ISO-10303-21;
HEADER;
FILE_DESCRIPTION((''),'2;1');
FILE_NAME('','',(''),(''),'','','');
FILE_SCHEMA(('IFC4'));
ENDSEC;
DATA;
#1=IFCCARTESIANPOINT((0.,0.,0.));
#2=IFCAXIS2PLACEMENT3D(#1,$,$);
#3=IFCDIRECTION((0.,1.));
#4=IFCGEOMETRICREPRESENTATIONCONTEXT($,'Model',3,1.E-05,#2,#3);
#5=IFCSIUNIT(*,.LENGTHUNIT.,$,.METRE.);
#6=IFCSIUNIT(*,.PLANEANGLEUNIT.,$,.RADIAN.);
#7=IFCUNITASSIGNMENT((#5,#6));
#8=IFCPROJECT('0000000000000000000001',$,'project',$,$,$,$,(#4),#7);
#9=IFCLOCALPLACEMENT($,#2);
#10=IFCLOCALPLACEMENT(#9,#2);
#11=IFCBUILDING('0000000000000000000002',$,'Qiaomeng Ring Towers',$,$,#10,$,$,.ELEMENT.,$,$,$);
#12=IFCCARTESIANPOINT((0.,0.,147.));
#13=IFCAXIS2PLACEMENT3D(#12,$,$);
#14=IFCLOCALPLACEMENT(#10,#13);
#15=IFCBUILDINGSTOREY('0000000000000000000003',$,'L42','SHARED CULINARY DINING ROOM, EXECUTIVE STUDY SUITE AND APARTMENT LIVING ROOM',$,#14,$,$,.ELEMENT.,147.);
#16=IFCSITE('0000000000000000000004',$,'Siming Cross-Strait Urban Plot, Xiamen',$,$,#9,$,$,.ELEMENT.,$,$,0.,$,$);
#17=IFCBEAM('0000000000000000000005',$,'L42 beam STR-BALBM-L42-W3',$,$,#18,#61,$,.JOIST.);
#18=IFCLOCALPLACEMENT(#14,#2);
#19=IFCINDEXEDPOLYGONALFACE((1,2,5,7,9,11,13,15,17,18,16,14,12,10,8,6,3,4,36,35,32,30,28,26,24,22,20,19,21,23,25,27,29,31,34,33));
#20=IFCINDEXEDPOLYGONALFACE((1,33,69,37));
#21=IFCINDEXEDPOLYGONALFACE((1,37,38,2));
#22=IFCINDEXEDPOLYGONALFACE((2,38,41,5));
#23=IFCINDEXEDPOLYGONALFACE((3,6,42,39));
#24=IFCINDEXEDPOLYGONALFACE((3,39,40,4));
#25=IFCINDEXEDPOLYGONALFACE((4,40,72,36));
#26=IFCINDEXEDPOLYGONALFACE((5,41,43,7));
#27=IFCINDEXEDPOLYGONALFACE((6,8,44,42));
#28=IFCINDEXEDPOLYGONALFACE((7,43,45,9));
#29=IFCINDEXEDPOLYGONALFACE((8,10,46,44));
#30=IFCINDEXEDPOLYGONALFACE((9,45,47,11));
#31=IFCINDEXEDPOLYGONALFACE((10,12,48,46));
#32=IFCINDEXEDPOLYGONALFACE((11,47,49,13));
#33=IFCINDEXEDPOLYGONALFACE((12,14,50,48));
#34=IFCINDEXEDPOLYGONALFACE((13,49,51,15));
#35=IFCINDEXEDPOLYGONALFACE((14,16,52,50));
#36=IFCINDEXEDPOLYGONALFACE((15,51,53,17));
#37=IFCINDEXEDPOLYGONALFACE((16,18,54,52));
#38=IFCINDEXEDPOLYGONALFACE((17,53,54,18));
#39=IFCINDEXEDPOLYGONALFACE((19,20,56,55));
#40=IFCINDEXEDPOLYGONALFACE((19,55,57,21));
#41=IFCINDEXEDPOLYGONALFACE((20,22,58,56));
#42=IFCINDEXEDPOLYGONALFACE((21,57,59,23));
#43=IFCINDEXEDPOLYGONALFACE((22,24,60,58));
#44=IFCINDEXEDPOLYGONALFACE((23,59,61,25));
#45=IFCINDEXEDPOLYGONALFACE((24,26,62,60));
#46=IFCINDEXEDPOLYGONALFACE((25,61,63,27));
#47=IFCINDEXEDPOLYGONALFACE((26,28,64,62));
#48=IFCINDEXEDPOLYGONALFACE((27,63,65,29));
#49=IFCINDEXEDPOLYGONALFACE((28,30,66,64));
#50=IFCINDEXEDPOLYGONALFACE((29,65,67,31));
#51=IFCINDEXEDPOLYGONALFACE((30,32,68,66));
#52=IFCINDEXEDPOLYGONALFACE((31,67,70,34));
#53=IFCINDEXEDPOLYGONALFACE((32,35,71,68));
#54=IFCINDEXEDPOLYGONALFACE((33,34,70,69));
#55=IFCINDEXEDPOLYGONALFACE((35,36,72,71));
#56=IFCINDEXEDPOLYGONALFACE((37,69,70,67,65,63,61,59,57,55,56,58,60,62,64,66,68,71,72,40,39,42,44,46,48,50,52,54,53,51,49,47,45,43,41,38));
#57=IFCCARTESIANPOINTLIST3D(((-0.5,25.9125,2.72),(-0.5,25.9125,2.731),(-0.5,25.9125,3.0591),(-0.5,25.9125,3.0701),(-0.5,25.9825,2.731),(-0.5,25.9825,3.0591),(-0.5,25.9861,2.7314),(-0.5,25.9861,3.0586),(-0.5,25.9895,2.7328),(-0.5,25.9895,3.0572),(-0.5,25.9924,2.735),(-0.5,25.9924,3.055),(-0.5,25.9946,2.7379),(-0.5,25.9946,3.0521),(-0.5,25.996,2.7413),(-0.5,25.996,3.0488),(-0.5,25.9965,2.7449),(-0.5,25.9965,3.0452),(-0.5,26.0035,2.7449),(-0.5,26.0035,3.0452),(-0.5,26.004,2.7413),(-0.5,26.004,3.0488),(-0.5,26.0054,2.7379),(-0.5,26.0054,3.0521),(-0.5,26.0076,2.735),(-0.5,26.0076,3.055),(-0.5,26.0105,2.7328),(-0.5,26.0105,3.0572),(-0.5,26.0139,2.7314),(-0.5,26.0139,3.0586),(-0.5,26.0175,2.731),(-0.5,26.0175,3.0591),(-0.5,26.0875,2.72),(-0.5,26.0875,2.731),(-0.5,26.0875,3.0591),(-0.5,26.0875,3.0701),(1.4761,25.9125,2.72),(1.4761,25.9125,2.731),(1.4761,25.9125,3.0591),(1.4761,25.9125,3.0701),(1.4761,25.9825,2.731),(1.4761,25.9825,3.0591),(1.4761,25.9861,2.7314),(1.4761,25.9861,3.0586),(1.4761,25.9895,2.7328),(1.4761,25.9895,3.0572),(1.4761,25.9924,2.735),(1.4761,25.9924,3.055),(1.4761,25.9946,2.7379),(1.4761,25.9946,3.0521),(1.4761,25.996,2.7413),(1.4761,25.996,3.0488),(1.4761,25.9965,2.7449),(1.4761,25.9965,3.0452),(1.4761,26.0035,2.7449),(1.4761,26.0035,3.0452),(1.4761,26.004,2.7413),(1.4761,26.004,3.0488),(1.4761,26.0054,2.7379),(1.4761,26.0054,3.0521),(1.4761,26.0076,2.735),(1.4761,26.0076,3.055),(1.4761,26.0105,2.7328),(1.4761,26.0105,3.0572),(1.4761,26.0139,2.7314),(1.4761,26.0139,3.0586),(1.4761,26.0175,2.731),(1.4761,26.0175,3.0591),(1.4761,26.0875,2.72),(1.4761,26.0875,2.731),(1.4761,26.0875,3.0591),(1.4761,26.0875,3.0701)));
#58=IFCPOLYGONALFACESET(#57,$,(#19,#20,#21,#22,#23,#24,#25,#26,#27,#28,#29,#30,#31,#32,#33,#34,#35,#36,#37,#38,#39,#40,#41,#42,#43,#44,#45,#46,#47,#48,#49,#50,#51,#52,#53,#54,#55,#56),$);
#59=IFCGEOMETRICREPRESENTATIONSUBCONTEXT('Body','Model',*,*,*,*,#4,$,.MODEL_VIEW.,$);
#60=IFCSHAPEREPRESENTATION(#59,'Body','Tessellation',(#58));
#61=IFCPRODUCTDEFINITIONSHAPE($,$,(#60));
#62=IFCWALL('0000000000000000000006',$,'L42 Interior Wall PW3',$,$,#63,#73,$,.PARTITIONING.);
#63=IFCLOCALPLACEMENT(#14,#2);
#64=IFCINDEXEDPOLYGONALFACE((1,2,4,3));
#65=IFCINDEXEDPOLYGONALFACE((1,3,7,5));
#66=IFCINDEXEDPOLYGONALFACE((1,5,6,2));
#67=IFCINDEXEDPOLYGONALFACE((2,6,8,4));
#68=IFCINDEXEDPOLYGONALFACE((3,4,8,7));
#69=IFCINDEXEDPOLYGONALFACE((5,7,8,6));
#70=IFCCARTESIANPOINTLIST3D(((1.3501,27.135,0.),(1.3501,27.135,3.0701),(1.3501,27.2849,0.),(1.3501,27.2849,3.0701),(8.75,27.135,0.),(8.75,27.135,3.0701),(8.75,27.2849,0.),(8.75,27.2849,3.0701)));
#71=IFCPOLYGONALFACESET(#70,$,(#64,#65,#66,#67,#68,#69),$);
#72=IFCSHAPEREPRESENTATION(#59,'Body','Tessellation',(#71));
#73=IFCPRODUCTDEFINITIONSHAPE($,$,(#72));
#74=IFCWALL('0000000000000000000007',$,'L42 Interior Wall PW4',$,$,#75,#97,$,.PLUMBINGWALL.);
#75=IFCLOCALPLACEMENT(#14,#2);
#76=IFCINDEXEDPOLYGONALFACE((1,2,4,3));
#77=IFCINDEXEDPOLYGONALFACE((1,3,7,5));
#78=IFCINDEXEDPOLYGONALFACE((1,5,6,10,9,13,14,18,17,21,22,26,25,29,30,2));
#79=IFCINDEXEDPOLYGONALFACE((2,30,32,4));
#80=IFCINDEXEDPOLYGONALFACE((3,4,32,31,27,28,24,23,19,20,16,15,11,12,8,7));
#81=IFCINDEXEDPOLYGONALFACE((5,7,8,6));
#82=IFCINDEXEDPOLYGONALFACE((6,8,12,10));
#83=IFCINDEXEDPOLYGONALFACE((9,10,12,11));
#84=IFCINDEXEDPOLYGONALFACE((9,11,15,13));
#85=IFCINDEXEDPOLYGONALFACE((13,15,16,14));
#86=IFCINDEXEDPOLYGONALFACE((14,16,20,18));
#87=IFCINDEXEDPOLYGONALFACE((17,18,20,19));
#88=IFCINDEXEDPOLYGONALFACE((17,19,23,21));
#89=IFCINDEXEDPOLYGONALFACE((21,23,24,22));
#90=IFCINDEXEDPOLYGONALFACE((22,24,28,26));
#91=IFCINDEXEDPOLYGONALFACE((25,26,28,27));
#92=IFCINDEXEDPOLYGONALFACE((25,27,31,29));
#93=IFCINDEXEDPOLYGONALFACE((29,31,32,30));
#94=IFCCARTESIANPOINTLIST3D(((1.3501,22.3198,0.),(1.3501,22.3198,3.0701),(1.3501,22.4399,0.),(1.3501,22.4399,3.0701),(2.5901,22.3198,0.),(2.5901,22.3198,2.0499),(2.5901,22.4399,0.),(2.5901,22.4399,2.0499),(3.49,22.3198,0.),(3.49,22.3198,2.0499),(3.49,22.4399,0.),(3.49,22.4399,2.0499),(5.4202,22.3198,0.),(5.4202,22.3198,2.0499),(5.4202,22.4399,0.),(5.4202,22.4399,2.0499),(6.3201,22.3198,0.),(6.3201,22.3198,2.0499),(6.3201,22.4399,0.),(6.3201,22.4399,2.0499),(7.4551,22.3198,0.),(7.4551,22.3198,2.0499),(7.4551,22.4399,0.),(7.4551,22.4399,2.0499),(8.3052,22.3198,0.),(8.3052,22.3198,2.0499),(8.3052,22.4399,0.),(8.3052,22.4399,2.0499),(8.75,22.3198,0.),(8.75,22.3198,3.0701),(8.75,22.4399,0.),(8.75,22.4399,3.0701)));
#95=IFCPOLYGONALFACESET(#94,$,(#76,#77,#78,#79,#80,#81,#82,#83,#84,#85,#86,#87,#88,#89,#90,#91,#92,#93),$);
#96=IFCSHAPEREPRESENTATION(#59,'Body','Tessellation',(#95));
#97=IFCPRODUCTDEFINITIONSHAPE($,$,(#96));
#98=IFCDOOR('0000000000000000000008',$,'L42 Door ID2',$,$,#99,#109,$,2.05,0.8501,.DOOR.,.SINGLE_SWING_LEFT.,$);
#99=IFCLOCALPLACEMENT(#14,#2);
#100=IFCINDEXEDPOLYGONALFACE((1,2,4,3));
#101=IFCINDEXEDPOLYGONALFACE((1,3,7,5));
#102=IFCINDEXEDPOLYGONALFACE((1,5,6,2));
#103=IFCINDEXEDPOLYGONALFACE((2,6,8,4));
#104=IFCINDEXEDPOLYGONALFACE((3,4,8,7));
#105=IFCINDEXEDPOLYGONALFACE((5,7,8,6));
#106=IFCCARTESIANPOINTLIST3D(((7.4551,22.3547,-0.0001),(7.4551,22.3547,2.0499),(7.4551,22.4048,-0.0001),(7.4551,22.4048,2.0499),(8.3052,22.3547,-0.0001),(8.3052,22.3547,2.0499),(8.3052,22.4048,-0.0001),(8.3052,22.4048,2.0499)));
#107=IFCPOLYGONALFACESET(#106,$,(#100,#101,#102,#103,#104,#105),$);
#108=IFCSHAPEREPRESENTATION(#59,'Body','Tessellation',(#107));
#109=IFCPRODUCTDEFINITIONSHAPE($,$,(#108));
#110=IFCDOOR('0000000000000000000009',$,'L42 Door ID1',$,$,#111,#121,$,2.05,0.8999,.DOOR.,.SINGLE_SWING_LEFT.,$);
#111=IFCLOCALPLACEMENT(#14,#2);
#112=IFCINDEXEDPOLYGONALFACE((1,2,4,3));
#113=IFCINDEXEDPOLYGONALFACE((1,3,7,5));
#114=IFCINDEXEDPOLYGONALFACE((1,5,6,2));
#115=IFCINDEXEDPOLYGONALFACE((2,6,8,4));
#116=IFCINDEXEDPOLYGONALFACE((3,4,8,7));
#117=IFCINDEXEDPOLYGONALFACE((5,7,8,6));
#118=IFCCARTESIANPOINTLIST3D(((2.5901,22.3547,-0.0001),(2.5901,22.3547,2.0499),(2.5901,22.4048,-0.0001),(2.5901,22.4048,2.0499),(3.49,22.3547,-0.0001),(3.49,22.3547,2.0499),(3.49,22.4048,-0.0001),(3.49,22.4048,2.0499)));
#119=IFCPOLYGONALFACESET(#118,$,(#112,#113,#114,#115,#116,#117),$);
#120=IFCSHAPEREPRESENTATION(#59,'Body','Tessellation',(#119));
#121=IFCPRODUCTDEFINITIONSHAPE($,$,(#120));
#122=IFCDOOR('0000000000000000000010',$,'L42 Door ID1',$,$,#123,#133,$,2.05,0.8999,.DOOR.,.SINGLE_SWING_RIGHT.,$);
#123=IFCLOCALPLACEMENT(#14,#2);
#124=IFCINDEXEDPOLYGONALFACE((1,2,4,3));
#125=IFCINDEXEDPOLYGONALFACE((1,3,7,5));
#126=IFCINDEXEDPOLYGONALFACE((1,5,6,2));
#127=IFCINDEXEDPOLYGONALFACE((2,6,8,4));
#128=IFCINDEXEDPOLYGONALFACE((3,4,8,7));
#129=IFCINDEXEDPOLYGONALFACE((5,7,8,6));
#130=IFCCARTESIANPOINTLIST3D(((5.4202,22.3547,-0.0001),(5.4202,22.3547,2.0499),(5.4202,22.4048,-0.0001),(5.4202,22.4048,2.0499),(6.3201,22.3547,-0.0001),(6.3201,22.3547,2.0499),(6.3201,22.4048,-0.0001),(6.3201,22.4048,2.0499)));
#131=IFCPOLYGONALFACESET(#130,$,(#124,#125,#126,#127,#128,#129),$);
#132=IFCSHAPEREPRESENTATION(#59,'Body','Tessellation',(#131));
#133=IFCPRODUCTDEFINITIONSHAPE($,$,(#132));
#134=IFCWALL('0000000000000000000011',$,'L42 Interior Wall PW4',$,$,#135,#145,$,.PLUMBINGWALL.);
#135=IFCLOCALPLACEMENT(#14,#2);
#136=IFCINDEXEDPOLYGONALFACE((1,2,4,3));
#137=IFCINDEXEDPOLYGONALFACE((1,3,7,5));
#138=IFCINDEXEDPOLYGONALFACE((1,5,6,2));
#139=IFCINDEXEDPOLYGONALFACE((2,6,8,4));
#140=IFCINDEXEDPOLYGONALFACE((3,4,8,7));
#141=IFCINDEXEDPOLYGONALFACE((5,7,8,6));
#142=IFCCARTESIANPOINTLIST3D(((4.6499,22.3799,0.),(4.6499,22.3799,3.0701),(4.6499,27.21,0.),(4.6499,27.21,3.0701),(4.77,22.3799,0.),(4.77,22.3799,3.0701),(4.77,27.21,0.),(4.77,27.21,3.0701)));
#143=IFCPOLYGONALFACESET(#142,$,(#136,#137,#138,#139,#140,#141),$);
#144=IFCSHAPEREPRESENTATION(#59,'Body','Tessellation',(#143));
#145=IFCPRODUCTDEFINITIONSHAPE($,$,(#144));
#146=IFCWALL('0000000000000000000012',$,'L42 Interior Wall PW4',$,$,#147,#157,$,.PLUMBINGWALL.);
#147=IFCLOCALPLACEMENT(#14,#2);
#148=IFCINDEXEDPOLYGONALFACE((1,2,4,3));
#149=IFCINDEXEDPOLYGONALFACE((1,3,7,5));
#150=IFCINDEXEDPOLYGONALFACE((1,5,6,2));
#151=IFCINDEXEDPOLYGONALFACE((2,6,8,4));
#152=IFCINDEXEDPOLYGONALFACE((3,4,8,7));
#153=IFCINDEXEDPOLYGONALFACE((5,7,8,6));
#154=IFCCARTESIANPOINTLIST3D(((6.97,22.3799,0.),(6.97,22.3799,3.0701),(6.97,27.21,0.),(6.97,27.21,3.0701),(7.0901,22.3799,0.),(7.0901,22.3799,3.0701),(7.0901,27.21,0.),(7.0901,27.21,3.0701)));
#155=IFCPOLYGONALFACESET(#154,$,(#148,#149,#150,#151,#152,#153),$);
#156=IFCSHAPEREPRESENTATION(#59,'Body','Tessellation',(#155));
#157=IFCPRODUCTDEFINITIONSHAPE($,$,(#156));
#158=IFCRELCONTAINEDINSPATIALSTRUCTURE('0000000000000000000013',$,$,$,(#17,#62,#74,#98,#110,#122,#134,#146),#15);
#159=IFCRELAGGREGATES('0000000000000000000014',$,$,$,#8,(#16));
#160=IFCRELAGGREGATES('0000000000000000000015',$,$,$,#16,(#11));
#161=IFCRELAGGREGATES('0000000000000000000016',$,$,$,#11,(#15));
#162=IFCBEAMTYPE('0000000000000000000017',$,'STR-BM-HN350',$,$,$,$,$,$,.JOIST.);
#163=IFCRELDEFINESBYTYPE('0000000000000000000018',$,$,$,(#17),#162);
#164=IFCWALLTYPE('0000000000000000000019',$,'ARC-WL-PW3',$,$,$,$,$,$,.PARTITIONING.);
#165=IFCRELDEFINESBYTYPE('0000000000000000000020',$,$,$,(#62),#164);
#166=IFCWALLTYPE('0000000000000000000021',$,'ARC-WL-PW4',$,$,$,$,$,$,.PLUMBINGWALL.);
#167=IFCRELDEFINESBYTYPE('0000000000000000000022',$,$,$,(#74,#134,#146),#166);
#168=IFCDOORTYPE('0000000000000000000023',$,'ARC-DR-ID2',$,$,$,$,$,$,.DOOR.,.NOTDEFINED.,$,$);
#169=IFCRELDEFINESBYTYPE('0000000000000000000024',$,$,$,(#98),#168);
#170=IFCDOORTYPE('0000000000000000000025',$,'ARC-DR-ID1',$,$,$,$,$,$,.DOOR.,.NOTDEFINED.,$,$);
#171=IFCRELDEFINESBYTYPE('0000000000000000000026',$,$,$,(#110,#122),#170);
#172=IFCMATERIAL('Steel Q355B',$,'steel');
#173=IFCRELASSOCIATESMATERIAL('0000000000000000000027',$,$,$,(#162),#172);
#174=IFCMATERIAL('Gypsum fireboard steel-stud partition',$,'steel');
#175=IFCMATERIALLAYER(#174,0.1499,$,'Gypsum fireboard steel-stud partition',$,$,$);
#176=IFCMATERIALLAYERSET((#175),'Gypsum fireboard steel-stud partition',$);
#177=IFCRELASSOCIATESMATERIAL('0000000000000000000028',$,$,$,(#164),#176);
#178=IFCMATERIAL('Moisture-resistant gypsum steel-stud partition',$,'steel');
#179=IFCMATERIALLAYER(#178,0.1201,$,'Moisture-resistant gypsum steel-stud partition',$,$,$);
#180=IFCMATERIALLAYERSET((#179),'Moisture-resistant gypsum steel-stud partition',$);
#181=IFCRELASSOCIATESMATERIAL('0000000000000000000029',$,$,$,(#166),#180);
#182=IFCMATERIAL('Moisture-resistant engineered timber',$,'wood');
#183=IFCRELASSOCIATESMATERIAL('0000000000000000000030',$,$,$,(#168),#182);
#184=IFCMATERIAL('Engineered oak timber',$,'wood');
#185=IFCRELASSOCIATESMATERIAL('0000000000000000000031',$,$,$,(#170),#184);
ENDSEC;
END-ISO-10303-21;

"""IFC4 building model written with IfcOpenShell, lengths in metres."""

from ifc_helpers import new_model, si_unit, direction, frame, frame_2d, origin, origin_2d, place, context, subcontext, project, spatial, rectangle, i_section, extrude, source, transform, mapped, material, layer, layer_set, material_profile, profile_set, type_object, element, fill, save


model = new_model("IFC4")

# Units and contexts
model_context = context("Model", 3, precision=1e-05, world=origin(), true_north=direction((0.0, 1.0)))
body_context = subcontext(model_context, "Body", "Model", "MODEL_VIEW")
ifc_project = project(units=[si_unit("LENGTHUNIT", "METRE"), si_unit("PLANEANGLEUNIT", "RADIAN")], contexts=[model_context])

# Site, building, storey
site_placement = place(None, origin())
site = spatial("IfcSite", under=ifc_project, at=site_placement, Name="Siming Cross-Strait Urban Plot, Xiamen", CompositionType="ELEMENT", RefElevation=0.0)
building_placement = place(site_placement, origin())
building = spatial("IfcBuilding", under=site, at=building_placement, Name="Qiaomeng Ring Towers", CompositionType="ELEMENT")
storey_placement = place(building_placement, frame((0.0, 0.0, 147.0)))
storey = spatial("IfcBuildingStorey", under=building, at=storey_placement, Name="L42", Description="SHARED CULINARY DINING ROOM, EXECUTIVE STUDY SUITE AND APARTMENT LIVING ROOM", CompositionType="ELEMENT", Elevation=147.0)

# Beam
ifc_material_1 = material(Name="Steel Q355B", Category="steel")
ifc_material_profile_1 = material_profile(ifc_material_1, i_section(OverallWidth=0.175, OverallDepth=0.3501, WebThickness=0.0071, FlangeThickness=0.011, FilletRadius=0.0139, at=origin_2d()), Name="HN 350x175x7x11")
ifc_profile_set_1 = profile_set([ifc_material_profile_1], Name="Steel Q355B")
beam_type_1 = type_object("IfcBeamType", Name="STR-BM-HN350", PredefinedType="JOIST", material=ifc_profile_set_1)
shared_shape_1 = source(origin(), body_context, "Body", "SweptSolid", [
    extrude(i_section(OverallWidth=0.175, OverallDepth=0.3501, WebThickness=0.0071, FlangeThickness=0.011, FilletRadius=0.0139, at=origin_2d()), origin(), (0.0, 0.0, 1.0), 1.9761),
])
beam_1_placement = place(storey_placement, frame((-0.5, 26.0, 2.895), z_axis=(1.0, 0.0, 0.0), x_axis=(0.0, 1.0, 0.0)))
element("IfcBeam", 1, at=beam_1_placement, inside=storey, type_object=beam_type_1, Name="L42 beam STR-BALBM-L42-W3", PredefinedType="JOIST", context=body_context, shape_type="MappedRepresentation", body=[
    mapped(shared_shape_1, transform((0.0, 0.0, 0.0), x_axis=(1.0, 0.0, 0.0), y_axis=(0.0, 1.0, 0.0), z_axis=(0.0, 0.0, 1.0), scale=1.0)),
])

# Wall
ifc_material_2 = material(Name="Gypsum fireboard steel-stud partition", Category="steel")
ifc_layer_1 = layer(ifc_material_2, 0.1499, Name="Gypsum fireboard steel-stud partition")
ifc_layer_set_1 = layer_set([ifc_layer_1], Name="Gypsum fireboard steel-stud partition")
wall_type_1 = type_object("IfcWallType", Name="ARC-WL-PW3", PredefinedType="PARTITIONING", material=ifc_layer_set_1)
wall_1_placement = place(storey_placement, frame((1.3501, 27.21, 0.0), z_axis=(0.0, 0.0, 1.0), x_axis=(1.0, 0.0, 0.0)))
element("IfcWall", 2, at=wall_1_placement, inside=storey, type_object=wall_type_1, Name="L42 Interior Wall PW3", PredefinedType="PARTITIONING", context=body_context, shape_type="SweptSolid", body=[
    extrude(rectangle(XDim=7.3999, YDim=0.1499, at=frame_2d((3.7, 0.0))), origin(), (0.0, 0.0, 1.0), 3.0701),
])

# Wall, openings, doors
ifc_material_3 = material(Name="Moisture-resistant gypsum steel-stud partition", Category="steel")
ifc_layer_2 = layer(ifc_material_3, 0.1201, Name="Moisture-resistant gypsum steel-stud partition")
ifc_layer_set_2 = layer_set([ifc_layer_2], Name="Moisture-resistant gypsum steel-stud partition")
wall_type_2 = type_object("IfcWallType", Name="ARC-WL-PW4", PredefinedType="PLUMBINGWALL", material=ifc_layer_set_2)
wall_2_placement = place(storey_placement, frame((1.3501, 22.3799, 0.0), z_axis=(0.0, 0.0, 1.0), x_axis=(1.0, 0.0, 0.0)))
wall_2 = element("IfcWall", 3, at=wall_2_placement, inside=storey, type_object=wall_type_2, Name="L42 Interior Wall PW4", PredefinedType="PLUMBINGWALL", context=body_context, shape_type="SweptSolid", body=[
    extrude(rectangle(XDim=7.3999, YDim=0.1201, at=frame_2d((3.7, 0.0))), origin(), (0.0, 0.0, 1.0), 3.0701),
])
opening_1_placement = place(wall_2_placement, frame((1.24, 0.0, 0.0)))
opening_1 = element("IfcOpeningElement", 4, at=opening_1_placement, cuts=wall_2, PredefinedType="OPENING", context=body_context, shape_type="SweptSolid", body=[
    extrude(rectangle(XDim=0.8999, YDim=2.05, at=frame_2d((0.45, 1.0249))), frame((0.0, 0.0701, 0.0), z_axis=(0.0, -1.0, 0.0), x_axis=(1.0, 0.0, 0.0)), (0.0, 0.0, 1.0), 0.1401),
])
opening_2_placement = place(wall_2_placement, frame((4.0701, 0.0, 0.0)))
opening_2 = element("IfcOpeningElement", 5, at=opening_2_placement, cuts=wall_2, PredefinedType="OPENING", context=body_context, shape_type="SweptSolid", body=[
    extrude(rectangle(XDim=0.8999, YDim=2.05, at=frame_2d((0.45, 1.0249))), frame((0.0, 0.0701, 0.0), z_axis=(0.0, -1.0, 0.0), x_axis=(1.0, 0.0, 0.0)), (0.0, 0.0, 1.0), 0.1401),
])
opening_3_placement = place(wall_2_placement, frame((6.105, 0.0, 0.0)))
opening_3 = element("IfcOpeningElement", 6, at=opening_3_placement, cuts=wall_2, PredefinedType="OPENING", context=body_context, shape_type="SweptSolid", body=[
    extrude(rectangle(XDim=0.8501, YDim=2.05, at=frame_2d((0.425, 1.0249))), frame((0.0, 0.0701, 0.0), z_axis=(0.0, -1.0, 0.0), x_axis=(1.0, 0.0, 0.0)), (0.0, 0.0, 1.0), 0.1401),
])
ifc_material_4 = material(Name="Moisture-resistant engineered timber", Category="wood")
door_type_1 = type_object("IfcDoorType", Name="ARC-DR-ID2", OperationType="NOTDEFINED", PredefinedType="DOOR", material=ifc_material_4)
shared_shape_2 = source(origin(), body_context, "Body", "SweptSolid", [
    extrude(rectangle(XDim=0.8501, YDim=2.05, at=frame_2d((0.425, 1.0249))), frame((0.0, 0.0249, 0.0), z_axis=(0.0, -1.0, 0.0), x_axis=(1.0, 0.0, 0.0)), (0.0, 0.0, 1.0), 0.05),
])
door_1_placement = place(opening_3_placement, origin())
door_1 = element("IfcDoor", 7, at=door_1_placement, inside=storey, type_object=door_type_1, Name="L42 Door ID2", OperationType="SINGLE_SWING_LEFT", OverallHeight=2.05, OverallWidth=0.8501, PredefinedType="DOOR", context=body_context, shape_type="MappedRepresentation", body=[
    mapped(shared_shape_2, transform((0.0, 0.0, 0.0), x_axis=(1.0, 0.0, 0.0), y_axis=(0.0, 1.0, 0.0), z_axis=(0.0, 0.0, 1.0), scale=1.0)),
])
fill(opening_3, door_1)
ifc_material_5 = material(Name="Engineered oak timber", Category="wood")
door_type_2 = type_object("IfcDoorType", Name="ARC-DR-ID1", OperationType="NOTDEFINED", PredefinedType="DOOR", material=ifc_material_5)
shared_shape_3 = source(origin(), body_context, "Body", "SweptSolid", [
    extrude(rectangle(XDim=0.8999, YDim=2.05, at=frame_2d((0.45, 1.0249))), frame((0.0, 0.0249, 0.0), z_axis=(0.0, -1.0, 0.0), x_axis=(1.0, 0.0, 0.0)), (0.0, 0.0, 1.0), 0.05),
])
door_2_placement = place(opening_1_placement, origin())
door_2 = element("IfcDoor", 8, at=door_2_placement, inside=storey, type_object=door_type_2, Name="L42 Door ID1", OperationType="SINGLE_SWING_LEFT", OverallHeight=2.05, OverallWidth=0.8999, PredefinedType="DOOR", context=body_context, shape_type="MappedRepresentation", body=[
    mapped(shared_shape_3, transform((0.0, 0.0, 0.0), x_axis=(1.0, 0.0, 0.0), y_axis=(0.0, 1.0, 0.0), z_axis=(0.0, 0.0, 1.0), scale=1.0)),
])
fill(opening_1, door_2)
door_3_placement = place(opening_2_placement, origin())
door_3 = element("IfcDoor", 9, at=door_3_placement, inside=storey, type_object=door_type_2, Name="L42 Door ID1", OperationType="SINGLE_SWING_RIGHT", OverallHeight=2.05, OverallWidth=0.8999, PredefinedType="DOOR", context=body_context, shape_type="MappedRepresentation", body=[
    mapped(shared_shape_3, transform((0.0, 0.0, 0.0), x_axis=(1.0, 0.0, 0.0), y_axis=(0.0, 1.0, 0.0), z_axis=(0.0, 0.0, 1.0), scale=1.0)),
])
fill(opening_2, door_3)

# Walls
for number, where, z_axis, x_axis, name in (
    (10, (4.71, 22.3799, 0.0), (0.0, 0.0, 1.0), (0.0, 1.0, 0.0), "L42 Interior Wall PW4"),
    (11, (7.03, 22.3799, 0.0), (0.0, 0.0, 1.0), (0.0, 1.0, 0.0), "L42 Interior Wall PW4"),
):
    element("IfcWall", number, at=place(storey_placement, frame(where, z_axis=z_axis, x_axis=x_axis)), inside=storey, type_object=wall_type_2, Name=name, PredefinedType="PLUMBINGWALL", context=body_context, shape_type="SweptSolid", body=[
        extrude(rectangle(XDim=4.8301, YDim=0.1201, at=frame_2d((2.415, 0.0))), origin(), (0.0, 0.0, 1.0), 3.0701),
    ])

save(model, "model.ifc")
